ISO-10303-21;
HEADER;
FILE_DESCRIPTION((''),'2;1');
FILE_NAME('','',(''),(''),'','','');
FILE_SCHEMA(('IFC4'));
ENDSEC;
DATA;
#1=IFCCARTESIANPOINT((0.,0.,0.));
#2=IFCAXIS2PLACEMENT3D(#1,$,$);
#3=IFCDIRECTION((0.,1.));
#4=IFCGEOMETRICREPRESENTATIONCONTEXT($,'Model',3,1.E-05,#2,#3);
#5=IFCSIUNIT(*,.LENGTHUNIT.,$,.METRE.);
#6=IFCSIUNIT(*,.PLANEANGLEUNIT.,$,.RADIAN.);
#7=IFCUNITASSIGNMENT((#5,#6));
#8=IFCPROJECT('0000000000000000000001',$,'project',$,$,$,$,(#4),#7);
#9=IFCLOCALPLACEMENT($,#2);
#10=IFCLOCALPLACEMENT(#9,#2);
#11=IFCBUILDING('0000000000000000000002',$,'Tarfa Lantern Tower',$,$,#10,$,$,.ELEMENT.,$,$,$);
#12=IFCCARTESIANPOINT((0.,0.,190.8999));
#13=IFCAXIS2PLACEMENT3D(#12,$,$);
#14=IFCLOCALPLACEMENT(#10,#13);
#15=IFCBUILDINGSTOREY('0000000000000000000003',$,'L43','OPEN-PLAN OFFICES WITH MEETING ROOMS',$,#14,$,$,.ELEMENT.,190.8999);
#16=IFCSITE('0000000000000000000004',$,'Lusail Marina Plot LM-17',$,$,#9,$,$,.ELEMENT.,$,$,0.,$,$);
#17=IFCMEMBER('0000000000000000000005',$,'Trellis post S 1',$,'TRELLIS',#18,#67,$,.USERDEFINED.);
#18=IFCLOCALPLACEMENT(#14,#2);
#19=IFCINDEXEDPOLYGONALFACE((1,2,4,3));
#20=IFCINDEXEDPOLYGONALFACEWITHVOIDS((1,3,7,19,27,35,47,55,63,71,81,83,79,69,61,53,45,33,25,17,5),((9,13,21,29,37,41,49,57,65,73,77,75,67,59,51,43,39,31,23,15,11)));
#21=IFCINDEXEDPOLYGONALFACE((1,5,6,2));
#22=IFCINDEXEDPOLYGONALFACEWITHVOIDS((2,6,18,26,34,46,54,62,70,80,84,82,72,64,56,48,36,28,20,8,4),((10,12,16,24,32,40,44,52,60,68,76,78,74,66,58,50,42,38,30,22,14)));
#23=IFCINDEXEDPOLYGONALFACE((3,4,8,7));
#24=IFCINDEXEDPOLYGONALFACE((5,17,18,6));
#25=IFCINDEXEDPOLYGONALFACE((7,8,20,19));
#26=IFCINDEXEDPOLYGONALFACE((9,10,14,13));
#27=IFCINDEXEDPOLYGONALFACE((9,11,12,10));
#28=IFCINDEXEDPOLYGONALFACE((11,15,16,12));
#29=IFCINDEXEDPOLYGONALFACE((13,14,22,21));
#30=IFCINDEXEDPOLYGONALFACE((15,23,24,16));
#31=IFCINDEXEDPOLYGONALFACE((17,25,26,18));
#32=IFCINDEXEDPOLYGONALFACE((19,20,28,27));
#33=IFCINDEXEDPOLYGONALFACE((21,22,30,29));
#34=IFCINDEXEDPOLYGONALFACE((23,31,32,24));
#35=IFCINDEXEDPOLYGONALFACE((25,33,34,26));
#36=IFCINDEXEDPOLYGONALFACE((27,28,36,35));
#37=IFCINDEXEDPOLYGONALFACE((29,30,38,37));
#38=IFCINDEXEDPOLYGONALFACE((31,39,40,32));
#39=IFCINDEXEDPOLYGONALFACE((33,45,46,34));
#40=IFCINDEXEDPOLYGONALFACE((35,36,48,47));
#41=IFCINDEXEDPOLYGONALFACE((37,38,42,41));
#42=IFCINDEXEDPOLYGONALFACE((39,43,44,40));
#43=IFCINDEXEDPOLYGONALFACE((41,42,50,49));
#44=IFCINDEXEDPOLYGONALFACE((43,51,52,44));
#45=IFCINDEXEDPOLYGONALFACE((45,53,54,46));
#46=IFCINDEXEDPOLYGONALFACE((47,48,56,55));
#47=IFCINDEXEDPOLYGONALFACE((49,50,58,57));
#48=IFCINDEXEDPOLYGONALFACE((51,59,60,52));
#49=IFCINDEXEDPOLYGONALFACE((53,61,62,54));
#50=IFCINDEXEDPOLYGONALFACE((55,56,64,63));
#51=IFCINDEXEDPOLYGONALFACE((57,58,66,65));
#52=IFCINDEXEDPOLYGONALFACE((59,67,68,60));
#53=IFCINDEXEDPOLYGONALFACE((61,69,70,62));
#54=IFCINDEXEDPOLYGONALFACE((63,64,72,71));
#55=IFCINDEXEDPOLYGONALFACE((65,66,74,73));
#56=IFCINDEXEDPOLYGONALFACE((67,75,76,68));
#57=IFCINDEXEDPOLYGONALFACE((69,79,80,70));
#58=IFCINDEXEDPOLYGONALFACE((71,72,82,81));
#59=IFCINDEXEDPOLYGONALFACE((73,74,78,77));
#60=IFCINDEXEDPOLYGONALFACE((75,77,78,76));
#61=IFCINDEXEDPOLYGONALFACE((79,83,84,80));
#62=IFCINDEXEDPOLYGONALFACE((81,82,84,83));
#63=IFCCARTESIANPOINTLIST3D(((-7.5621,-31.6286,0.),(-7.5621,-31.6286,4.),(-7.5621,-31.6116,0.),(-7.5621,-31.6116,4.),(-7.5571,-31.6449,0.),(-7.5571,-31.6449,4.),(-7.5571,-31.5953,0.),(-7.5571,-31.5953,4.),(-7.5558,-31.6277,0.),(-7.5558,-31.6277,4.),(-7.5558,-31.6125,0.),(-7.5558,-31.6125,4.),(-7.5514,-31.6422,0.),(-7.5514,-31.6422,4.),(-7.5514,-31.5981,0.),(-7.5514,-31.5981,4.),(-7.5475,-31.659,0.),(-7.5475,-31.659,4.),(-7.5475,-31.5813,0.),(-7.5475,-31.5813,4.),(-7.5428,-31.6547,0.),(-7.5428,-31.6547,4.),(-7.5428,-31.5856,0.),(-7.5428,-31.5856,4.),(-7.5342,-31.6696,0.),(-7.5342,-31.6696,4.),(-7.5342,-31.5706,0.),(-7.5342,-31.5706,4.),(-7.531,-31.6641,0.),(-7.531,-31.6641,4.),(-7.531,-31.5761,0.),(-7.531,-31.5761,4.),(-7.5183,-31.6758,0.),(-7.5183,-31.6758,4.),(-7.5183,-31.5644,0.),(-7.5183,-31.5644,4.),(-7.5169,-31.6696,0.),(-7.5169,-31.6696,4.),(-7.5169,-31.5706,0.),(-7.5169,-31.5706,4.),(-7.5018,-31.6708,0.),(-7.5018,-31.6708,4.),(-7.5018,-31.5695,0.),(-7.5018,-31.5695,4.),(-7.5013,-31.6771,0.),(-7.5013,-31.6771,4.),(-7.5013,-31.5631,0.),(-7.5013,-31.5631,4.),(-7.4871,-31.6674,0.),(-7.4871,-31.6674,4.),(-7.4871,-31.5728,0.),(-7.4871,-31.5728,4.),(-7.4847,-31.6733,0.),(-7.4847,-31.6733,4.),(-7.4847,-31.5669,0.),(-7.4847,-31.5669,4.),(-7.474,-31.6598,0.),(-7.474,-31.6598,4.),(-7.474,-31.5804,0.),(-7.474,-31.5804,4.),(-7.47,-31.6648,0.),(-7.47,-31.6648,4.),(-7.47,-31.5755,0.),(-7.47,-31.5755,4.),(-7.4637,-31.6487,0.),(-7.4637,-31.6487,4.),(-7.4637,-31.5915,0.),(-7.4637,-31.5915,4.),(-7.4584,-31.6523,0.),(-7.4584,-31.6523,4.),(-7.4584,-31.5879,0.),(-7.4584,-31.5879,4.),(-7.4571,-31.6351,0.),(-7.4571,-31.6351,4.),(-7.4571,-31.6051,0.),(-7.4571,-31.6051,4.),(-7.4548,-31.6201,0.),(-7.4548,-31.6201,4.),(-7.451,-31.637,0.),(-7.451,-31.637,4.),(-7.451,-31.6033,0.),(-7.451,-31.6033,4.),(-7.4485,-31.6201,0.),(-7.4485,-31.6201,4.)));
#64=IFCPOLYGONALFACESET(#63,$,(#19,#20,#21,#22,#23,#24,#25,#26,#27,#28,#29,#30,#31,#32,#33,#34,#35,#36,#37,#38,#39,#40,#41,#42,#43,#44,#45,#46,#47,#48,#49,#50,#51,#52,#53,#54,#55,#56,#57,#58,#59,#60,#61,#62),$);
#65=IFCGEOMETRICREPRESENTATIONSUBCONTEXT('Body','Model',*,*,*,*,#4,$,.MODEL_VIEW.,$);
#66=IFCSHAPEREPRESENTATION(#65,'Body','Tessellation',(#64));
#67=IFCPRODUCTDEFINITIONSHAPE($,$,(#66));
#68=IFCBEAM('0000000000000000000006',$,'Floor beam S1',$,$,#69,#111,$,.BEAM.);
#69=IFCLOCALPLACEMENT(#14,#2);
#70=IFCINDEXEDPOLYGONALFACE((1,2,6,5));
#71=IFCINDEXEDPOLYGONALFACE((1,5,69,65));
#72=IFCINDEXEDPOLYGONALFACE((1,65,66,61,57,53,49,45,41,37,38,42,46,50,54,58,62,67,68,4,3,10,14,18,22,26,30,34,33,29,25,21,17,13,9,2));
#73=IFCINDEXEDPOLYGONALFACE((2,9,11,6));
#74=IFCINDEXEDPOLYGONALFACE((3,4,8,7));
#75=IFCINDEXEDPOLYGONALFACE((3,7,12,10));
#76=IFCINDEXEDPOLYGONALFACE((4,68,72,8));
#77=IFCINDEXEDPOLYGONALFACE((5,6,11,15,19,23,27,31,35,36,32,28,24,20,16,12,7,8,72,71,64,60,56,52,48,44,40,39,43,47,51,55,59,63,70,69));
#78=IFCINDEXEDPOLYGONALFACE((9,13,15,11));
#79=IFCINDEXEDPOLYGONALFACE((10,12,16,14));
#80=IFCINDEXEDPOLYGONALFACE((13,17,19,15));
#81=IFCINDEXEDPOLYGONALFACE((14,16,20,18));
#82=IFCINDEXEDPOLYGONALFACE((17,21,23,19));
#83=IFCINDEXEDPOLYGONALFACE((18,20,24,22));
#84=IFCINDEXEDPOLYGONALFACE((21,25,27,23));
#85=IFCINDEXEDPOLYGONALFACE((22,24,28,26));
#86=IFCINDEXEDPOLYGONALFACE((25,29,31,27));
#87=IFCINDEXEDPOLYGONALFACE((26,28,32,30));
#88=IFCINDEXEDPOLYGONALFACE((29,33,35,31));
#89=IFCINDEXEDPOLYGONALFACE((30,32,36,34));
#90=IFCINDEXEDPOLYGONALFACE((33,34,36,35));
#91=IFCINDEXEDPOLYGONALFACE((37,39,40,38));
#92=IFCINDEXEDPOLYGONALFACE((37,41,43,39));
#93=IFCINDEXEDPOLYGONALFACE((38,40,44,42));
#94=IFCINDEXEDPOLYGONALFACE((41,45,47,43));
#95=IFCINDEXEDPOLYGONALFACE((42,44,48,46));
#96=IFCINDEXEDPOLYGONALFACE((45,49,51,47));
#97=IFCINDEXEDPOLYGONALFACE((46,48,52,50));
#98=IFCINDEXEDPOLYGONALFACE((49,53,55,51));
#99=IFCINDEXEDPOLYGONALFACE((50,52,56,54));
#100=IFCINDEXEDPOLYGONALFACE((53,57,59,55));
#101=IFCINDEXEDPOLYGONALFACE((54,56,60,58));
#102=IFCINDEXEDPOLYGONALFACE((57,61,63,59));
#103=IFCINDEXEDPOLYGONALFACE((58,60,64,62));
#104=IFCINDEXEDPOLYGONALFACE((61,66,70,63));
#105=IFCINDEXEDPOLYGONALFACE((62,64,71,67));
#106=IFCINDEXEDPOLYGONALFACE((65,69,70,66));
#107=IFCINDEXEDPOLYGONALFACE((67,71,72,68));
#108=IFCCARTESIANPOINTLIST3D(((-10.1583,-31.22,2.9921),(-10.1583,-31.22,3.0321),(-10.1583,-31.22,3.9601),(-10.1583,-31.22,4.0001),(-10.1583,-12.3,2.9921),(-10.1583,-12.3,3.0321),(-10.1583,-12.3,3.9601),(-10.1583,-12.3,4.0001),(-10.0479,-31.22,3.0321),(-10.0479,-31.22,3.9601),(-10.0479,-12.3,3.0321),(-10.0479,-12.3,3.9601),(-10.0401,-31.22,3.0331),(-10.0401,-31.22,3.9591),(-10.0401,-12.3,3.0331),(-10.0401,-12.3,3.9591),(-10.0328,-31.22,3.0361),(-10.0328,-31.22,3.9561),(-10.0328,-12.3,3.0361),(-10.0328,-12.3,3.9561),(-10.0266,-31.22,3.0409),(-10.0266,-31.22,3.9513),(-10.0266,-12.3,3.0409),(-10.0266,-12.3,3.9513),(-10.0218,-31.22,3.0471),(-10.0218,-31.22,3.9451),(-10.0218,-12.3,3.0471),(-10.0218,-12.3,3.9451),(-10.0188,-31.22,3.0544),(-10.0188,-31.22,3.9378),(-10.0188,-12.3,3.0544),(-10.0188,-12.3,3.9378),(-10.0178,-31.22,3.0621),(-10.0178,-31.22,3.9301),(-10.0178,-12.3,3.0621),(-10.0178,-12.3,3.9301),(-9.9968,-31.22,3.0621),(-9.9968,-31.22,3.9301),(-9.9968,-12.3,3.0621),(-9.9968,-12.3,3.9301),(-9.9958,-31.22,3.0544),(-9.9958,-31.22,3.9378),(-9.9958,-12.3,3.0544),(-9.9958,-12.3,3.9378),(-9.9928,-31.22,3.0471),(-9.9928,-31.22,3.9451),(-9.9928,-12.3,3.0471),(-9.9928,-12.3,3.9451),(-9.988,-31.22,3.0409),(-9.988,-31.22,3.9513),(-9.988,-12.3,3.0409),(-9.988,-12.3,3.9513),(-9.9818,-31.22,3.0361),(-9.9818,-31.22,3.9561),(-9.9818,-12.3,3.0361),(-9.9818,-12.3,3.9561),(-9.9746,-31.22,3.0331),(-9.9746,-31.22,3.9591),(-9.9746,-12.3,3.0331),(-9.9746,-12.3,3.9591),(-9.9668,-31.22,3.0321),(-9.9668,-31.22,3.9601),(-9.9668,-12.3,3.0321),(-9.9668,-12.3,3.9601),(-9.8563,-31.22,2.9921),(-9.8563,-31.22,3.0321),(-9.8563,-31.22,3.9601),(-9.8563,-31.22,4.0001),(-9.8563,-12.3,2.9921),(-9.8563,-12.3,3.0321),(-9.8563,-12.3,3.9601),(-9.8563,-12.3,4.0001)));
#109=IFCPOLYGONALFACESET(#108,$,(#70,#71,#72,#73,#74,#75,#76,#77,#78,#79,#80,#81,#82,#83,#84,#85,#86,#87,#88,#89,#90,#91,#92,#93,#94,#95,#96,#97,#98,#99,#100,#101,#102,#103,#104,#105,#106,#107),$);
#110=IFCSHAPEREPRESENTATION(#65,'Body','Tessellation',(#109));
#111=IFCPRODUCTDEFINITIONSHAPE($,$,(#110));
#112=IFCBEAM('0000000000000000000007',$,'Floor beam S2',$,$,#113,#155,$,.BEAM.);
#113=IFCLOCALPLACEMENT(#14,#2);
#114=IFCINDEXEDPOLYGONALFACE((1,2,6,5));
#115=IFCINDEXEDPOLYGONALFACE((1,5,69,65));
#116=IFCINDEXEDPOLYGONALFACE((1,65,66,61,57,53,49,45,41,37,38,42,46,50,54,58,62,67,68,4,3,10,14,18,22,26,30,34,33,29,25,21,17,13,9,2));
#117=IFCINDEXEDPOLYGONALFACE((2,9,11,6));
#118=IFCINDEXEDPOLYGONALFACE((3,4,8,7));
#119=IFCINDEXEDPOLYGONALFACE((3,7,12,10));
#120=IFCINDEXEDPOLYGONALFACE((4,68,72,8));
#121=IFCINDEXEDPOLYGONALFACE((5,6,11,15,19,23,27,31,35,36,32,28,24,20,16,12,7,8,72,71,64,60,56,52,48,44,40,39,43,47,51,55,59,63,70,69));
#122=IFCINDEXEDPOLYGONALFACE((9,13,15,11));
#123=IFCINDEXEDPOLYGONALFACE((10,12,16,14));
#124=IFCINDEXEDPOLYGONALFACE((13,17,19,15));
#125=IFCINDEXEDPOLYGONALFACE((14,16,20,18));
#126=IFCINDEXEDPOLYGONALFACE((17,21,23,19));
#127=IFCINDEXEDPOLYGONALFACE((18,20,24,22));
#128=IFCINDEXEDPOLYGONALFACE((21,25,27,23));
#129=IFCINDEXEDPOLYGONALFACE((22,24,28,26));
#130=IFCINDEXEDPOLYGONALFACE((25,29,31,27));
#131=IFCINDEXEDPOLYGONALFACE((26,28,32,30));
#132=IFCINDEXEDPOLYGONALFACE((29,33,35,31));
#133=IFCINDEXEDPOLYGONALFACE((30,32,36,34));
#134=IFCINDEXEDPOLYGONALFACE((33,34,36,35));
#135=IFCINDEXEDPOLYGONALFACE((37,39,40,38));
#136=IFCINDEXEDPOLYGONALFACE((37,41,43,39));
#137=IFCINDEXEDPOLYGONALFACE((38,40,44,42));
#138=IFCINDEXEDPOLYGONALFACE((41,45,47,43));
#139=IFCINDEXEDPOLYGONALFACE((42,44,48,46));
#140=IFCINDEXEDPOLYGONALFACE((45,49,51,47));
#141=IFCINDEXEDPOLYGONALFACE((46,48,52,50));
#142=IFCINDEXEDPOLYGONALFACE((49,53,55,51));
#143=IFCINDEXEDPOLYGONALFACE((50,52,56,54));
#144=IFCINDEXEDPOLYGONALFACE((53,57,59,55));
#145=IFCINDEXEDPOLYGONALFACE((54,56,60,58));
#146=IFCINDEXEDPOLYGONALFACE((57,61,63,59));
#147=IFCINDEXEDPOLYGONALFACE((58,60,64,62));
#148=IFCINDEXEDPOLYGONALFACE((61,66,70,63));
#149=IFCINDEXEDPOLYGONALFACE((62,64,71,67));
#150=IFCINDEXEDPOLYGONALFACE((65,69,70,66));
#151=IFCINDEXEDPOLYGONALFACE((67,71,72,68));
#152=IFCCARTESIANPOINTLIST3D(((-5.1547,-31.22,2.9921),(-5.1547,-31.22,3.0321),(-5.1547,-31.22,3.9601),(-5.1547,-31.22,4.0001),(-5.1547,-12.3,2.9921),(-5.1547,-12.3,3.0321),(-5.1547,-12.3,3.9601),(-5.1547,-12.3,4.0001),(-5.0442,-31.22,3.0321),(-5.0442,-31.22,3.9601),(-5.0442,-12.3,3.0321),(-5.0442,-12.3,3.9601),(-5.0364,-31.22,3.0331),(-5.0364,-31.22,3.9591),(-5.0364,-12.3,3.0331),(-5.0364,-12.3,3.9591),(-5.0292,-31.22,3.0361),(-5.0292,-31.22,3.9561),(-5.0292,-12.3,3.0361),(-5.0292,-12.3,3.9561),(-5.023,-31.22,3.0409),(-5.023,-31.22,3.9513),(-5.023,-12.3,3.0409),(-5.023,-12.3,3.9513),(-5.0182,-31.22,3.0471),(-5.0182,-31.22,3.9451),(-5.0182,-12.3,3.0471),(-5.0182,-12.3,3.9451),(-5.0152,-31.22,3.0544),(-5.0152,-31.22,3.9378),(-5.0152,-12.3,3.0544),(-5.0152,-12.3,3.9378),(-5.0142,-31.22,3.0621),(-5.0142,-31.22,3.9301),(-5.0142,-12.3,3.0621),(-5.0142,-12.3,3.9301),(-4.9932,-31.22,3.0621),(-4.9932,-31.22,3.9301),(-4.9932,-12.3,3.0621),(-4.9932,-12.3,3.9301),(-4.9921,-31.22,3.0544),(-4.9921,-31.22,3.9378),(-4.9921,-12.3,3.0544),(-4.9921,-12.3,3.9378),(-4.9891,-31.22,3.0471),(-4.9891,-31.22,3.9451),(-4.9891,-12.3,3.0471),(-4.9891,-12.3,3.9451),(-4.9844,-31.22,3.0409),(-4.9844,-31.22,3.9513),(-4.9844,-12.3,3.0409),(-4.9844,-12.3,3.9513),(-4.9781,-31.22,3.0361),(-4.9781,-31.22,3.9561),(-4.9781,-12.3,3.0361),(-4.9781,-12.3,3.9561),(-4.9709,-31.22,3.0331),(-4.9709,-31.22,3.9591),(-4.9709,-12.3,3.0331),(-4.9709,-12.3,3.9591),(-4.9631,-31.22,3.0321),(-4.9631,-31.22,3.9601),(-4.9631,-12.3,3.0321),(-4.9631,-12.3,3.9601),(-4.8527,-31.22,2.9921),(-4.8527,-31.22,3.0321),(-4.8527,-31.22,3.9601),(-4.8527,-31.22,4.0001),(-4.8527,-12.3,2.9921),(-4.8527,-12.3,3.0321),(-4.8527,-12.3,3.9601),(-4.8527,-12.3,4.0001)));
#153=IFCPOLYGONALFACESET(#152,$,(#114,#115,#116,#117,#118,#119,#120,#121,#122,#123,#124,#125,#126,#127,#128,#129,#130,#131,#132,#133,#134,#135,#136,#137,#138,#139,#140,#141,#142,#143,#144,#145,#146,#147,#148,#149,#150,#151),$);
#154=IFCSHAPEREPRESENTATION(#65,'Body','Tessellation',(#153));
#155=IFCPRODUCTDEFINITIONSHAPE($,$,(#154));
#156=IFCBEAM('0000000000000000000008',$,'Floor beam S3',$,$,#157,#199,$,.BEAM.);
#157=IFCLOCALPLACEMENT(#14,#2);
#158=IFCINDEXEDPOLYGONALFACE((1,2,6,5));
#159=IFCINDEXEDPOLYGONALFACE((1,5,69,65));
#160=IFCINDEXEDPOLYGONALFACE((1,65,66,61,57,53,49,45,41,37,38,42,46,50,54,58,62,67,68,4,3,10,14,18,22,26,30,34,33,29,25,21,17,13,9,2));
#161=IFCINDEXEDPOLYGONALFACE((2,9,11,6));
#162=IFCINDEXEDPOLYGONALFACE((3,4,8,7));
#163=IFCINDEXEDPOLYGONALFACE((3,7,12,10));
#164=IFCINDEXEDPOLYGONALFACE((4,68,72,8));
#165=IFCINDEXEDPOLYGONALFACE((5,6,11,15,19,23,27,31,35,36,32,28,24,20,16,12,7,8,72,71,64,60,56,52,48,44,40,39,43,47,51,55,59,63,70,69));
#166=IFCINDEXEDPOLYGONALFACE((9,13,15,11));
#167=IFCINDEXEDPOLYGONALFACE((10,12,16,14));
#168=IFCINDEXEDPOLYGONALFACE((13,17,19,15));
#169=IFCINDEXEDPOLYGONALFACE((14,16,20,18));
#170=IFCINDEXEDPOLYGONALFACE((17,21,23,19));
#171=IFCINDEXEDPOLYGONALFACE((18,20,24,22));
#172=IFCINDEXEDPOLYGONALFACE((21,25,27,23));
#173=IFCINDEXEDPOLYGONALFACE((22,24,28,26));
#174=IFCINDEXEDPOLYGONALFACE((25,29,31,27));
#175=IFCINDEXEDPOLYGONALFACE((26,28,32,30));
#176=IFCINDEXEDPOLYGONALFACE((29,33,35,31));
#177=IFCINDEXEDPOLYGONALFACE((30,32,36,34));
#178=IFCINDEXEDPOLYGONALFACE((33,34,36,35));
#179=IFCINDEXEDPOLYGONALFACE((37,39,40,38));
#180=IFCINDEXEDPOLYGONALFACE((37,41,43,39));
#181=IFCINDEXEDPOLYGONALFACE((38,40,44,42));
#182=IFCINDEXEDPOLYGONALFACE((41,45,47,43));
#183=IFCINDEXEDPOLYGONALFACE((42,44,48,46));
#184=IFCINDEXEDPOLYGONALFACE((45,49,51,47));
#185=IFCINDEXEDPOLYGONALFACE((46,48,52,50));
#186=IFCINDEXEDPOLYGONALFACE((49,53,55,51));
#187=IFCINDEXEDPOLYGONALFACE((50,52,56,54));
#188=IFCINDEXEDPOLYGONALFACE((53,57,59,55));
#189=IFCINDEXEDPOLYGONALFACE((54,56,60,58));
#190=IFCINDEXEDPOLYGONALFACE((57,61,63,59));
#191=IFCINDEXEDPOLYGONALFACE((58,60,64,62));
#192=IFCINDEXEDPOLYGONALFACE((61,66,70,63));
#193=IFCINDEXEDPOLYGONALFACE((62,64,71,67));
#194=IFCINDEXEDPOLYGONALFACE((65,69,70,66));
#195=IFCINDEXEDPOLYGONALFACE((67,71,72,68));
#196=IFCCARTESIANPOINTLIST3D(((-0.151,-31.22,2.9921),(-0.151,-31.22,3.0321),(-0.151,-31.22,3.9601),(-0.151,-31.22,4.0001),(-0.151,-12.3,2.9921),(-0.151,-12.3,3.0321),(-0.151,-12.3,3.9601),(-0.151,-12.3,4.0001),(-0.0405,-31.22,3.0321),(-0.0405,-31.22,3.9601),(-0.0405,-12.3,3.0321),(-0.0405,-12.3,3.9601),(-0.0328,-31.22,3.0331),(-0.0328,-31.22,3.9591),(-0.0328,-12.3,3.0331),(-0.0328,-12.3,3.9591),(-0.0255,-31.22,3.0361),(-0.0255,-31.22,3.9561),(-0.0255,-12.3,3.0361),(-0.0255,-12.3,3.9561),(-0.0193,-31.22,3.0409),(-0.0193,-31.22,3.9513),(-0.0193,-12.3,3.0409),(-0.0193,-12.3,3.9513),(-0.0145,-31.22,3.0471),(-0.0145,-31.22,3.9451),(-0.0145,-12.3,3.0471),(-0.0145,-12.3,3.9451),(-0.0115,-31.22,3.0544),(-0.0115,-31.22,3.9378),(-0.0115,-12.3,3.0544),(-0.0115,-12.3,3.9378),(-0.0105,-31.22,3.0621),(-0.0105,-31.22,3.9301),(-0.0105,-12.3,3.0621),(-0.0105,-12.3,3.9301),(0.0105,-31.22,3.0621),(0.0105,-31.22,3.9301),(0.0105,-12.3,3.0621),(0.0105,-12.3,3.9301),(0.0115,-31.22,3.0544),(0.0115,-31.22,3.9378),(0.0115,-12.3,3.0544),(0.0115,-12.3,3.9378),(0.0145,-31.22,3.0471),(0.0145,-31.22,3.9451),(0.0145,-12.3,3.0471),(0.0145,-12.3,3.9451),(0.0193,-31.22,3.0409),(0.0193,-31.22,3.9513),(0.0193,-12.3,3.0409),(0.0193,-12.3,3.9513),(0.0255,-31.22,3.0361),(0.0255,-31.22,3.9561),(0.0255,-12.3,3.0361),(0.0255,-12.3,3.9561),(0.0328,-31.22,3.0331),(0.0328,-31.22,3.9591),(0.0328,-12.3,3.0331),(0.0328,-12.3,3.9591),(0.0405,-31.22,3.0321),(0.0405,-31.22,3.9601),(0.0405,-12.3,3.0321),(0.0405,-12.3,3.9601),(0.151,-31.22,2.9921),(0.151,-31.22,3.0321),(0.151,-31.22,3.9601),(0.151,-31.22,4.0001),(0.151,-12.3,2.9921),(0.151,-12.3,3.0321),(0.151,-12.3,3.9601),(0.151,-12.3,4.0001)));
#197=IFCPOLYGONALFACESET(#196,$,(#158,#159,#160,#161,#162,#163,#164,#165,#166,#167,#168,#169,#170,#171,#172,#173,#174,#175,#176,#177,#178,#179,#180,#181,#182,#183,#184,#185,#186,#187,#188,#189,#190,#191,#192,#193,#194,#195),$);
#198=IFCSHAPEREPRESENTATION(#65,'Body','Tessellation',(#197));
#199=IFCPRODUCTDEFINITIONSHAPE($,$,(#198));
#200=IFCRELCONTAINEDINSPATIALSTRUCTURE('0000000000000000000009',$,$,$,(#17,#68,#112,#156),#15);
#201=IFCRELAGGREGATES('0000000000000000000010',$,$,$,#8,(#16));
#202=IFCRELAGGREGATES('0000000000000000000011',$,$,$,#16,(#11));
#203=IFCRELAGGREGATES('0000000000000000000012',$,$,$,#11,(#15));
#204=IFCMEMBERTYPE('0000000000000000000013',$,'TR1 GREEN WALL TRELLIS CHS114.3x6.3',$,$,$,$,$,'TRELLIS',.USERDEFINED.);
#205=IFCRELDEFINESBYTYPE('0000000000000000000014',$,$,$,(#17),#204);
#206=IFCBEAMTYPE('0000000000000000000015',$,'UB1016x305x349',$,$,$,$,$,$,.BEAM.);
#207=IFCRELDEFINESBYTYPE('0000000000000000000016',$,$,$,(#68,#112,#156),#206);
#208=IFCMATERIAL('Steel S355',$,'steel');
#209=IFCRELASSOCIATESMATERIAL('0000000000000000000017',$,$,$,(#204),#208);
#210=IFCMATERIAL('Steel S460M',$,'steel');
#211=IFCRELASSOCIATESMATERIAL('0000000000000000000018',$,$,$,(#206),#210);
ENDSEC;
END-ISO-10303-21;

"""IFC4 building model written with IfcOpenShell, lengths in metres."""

from ifc_helpers import new_model, si_unit, direction, frame, origin, origin_2d, place, context, subcontext, project, spatial, hollow_circle, i_section, extrude, material, material_profile, profile_set, type_object, element, save


model = new_model("IFC4")

# Units and contexts
model_context = context("Model", 3, precision=1e-05, world=origin(), true_north=direction((0.0, 1.0)))
body_context = subcontext(model_context, "Body", "Model", "MODEL_VIEW")
ifc_project = project(units=[si_unit("LENGTHUNIT", "METRE"), si_unit("PLANEANGLEUNIT", "RADIAN")], contexts=[model_context])

# Site, building, storey
site_placement = place(None, origin())
site = spatial("IfcSite", under=ifc_project, at=site_placement, Name="Lusail Marina Plot LM-17", CompositionType="ELEMENT", RefElevation=0.0)
building_placement = place(site_placement, origin())
building = spatial("IfcBuilding", under=site, at=building_placement, Name="Tarfa Lantern Tower", CompositionType="ELEMENT")
storey_placement = place(building_placement, frame((0.0, 0.0, 190.8999)))
storey = spatial("IfcBuildingStorey", under=building, at=storey_placement, Name="L43", Description="OPEN-PLAN OFFICES WITH MEETING ROOMS", CompositionType="ELEMENT", Elevation=190.8999)

# Member
ifc_material_1 = material(Name="Steel S355", Category="steel")
ifc_material_profile_1 = material_profile(ifc_material_1, hollow_circle(Radius=0.0571, WallThickness=0.0063, at=origin_2d()), Name="CHS114.3x6.3")
ifc_profile_set_1 = profile_set([ifc_material_profile_1], Name="Steel S355")
member_type_1 = type_object("IfcMemberType", Name="TR1 GREEN WALL TRELLIS CHS114.3x6.3", ElementType="TRELLIS", PredefinedType="USERDEFINED", material=ifc_profile_set_1)
member_1_placement = place(storey_placement, frame((-7.5056, -31.6201, 0.0), z_axis=(0.0, 0.0, 1.0), x_axis=(1.0, 0.0, 0.0)))
element("IfcMember", 1, at=member_1_placement, inside=storey, type_object=member_type_1, Name="Trellis post S 1", ObjectType="TRELLIS", PredefinedType="USERDEFINED", context=body_context, shape_type="SweptSolid", body=[
    extrude(hollow_circle(Radius=0.0571, WallThickness=0.0063, at=origin_2d()), origin(), (0.0, 0.0, 1.0), 4.0),
])

# Beams
ifc_material_2 = material(Name="Steel S460M", Category="steel")
ifc_material_profile_2 = material_profile(ifc_material_2, i_section(OverallWidth=0.302, OverallDepth=1.0081, WebThickness=0.021, FlangeThickness=0.04, FilletRadius=0.03, at=origin_2d()), Name="UB1016x305x349")
ifc_profile_set_2 = profile_set([ifc_material_profile_2], Name="Steel S460M")
beam_type_1 = type_object("IfcBeamType", Name="UB1016x305x349", PredefinedType="BEAM", material=ifc_profile_set_2)
for number, where, z_axis, x_axis, name in (
    (2, (-10.0073, -31.22, 3.4961), (0.0, 1.0, 0.0), (-1.0, 0.0, 0.0), "Floor beam S1"),
    (3, (-5.0037, -31.22, 3.4961), (0.0, 1.0, 0.0), (-1.0, 0.0, 0.0), "Floor beam S2"),
    (4, (0.0, -31.22, 3.4961), (0.0, 1.0, 0.0), (-1.0, 0.0, 0.0), "Floor beam S3"),
):
    element("IfcBeam", number, at=place(storey_placement, frame(where, z_axis=z_axis, x_axis=x_axis)), inside=storey, type_object=beam_type_1, Name=name, PredefinedType="BEAM", context=body_context, shape_type="SweptSolid", body=[
        extrude(i_section(OverallWidth=0.302, OverallDepth=1.0081, WebThickness=0.021, FlangeThickness=0.04, FilletRadius=0.03, at=origin_2d()), origin(), (0.0, 0.0, 1.0), 18.9199),
    ])

save(model, "model.ifc")
